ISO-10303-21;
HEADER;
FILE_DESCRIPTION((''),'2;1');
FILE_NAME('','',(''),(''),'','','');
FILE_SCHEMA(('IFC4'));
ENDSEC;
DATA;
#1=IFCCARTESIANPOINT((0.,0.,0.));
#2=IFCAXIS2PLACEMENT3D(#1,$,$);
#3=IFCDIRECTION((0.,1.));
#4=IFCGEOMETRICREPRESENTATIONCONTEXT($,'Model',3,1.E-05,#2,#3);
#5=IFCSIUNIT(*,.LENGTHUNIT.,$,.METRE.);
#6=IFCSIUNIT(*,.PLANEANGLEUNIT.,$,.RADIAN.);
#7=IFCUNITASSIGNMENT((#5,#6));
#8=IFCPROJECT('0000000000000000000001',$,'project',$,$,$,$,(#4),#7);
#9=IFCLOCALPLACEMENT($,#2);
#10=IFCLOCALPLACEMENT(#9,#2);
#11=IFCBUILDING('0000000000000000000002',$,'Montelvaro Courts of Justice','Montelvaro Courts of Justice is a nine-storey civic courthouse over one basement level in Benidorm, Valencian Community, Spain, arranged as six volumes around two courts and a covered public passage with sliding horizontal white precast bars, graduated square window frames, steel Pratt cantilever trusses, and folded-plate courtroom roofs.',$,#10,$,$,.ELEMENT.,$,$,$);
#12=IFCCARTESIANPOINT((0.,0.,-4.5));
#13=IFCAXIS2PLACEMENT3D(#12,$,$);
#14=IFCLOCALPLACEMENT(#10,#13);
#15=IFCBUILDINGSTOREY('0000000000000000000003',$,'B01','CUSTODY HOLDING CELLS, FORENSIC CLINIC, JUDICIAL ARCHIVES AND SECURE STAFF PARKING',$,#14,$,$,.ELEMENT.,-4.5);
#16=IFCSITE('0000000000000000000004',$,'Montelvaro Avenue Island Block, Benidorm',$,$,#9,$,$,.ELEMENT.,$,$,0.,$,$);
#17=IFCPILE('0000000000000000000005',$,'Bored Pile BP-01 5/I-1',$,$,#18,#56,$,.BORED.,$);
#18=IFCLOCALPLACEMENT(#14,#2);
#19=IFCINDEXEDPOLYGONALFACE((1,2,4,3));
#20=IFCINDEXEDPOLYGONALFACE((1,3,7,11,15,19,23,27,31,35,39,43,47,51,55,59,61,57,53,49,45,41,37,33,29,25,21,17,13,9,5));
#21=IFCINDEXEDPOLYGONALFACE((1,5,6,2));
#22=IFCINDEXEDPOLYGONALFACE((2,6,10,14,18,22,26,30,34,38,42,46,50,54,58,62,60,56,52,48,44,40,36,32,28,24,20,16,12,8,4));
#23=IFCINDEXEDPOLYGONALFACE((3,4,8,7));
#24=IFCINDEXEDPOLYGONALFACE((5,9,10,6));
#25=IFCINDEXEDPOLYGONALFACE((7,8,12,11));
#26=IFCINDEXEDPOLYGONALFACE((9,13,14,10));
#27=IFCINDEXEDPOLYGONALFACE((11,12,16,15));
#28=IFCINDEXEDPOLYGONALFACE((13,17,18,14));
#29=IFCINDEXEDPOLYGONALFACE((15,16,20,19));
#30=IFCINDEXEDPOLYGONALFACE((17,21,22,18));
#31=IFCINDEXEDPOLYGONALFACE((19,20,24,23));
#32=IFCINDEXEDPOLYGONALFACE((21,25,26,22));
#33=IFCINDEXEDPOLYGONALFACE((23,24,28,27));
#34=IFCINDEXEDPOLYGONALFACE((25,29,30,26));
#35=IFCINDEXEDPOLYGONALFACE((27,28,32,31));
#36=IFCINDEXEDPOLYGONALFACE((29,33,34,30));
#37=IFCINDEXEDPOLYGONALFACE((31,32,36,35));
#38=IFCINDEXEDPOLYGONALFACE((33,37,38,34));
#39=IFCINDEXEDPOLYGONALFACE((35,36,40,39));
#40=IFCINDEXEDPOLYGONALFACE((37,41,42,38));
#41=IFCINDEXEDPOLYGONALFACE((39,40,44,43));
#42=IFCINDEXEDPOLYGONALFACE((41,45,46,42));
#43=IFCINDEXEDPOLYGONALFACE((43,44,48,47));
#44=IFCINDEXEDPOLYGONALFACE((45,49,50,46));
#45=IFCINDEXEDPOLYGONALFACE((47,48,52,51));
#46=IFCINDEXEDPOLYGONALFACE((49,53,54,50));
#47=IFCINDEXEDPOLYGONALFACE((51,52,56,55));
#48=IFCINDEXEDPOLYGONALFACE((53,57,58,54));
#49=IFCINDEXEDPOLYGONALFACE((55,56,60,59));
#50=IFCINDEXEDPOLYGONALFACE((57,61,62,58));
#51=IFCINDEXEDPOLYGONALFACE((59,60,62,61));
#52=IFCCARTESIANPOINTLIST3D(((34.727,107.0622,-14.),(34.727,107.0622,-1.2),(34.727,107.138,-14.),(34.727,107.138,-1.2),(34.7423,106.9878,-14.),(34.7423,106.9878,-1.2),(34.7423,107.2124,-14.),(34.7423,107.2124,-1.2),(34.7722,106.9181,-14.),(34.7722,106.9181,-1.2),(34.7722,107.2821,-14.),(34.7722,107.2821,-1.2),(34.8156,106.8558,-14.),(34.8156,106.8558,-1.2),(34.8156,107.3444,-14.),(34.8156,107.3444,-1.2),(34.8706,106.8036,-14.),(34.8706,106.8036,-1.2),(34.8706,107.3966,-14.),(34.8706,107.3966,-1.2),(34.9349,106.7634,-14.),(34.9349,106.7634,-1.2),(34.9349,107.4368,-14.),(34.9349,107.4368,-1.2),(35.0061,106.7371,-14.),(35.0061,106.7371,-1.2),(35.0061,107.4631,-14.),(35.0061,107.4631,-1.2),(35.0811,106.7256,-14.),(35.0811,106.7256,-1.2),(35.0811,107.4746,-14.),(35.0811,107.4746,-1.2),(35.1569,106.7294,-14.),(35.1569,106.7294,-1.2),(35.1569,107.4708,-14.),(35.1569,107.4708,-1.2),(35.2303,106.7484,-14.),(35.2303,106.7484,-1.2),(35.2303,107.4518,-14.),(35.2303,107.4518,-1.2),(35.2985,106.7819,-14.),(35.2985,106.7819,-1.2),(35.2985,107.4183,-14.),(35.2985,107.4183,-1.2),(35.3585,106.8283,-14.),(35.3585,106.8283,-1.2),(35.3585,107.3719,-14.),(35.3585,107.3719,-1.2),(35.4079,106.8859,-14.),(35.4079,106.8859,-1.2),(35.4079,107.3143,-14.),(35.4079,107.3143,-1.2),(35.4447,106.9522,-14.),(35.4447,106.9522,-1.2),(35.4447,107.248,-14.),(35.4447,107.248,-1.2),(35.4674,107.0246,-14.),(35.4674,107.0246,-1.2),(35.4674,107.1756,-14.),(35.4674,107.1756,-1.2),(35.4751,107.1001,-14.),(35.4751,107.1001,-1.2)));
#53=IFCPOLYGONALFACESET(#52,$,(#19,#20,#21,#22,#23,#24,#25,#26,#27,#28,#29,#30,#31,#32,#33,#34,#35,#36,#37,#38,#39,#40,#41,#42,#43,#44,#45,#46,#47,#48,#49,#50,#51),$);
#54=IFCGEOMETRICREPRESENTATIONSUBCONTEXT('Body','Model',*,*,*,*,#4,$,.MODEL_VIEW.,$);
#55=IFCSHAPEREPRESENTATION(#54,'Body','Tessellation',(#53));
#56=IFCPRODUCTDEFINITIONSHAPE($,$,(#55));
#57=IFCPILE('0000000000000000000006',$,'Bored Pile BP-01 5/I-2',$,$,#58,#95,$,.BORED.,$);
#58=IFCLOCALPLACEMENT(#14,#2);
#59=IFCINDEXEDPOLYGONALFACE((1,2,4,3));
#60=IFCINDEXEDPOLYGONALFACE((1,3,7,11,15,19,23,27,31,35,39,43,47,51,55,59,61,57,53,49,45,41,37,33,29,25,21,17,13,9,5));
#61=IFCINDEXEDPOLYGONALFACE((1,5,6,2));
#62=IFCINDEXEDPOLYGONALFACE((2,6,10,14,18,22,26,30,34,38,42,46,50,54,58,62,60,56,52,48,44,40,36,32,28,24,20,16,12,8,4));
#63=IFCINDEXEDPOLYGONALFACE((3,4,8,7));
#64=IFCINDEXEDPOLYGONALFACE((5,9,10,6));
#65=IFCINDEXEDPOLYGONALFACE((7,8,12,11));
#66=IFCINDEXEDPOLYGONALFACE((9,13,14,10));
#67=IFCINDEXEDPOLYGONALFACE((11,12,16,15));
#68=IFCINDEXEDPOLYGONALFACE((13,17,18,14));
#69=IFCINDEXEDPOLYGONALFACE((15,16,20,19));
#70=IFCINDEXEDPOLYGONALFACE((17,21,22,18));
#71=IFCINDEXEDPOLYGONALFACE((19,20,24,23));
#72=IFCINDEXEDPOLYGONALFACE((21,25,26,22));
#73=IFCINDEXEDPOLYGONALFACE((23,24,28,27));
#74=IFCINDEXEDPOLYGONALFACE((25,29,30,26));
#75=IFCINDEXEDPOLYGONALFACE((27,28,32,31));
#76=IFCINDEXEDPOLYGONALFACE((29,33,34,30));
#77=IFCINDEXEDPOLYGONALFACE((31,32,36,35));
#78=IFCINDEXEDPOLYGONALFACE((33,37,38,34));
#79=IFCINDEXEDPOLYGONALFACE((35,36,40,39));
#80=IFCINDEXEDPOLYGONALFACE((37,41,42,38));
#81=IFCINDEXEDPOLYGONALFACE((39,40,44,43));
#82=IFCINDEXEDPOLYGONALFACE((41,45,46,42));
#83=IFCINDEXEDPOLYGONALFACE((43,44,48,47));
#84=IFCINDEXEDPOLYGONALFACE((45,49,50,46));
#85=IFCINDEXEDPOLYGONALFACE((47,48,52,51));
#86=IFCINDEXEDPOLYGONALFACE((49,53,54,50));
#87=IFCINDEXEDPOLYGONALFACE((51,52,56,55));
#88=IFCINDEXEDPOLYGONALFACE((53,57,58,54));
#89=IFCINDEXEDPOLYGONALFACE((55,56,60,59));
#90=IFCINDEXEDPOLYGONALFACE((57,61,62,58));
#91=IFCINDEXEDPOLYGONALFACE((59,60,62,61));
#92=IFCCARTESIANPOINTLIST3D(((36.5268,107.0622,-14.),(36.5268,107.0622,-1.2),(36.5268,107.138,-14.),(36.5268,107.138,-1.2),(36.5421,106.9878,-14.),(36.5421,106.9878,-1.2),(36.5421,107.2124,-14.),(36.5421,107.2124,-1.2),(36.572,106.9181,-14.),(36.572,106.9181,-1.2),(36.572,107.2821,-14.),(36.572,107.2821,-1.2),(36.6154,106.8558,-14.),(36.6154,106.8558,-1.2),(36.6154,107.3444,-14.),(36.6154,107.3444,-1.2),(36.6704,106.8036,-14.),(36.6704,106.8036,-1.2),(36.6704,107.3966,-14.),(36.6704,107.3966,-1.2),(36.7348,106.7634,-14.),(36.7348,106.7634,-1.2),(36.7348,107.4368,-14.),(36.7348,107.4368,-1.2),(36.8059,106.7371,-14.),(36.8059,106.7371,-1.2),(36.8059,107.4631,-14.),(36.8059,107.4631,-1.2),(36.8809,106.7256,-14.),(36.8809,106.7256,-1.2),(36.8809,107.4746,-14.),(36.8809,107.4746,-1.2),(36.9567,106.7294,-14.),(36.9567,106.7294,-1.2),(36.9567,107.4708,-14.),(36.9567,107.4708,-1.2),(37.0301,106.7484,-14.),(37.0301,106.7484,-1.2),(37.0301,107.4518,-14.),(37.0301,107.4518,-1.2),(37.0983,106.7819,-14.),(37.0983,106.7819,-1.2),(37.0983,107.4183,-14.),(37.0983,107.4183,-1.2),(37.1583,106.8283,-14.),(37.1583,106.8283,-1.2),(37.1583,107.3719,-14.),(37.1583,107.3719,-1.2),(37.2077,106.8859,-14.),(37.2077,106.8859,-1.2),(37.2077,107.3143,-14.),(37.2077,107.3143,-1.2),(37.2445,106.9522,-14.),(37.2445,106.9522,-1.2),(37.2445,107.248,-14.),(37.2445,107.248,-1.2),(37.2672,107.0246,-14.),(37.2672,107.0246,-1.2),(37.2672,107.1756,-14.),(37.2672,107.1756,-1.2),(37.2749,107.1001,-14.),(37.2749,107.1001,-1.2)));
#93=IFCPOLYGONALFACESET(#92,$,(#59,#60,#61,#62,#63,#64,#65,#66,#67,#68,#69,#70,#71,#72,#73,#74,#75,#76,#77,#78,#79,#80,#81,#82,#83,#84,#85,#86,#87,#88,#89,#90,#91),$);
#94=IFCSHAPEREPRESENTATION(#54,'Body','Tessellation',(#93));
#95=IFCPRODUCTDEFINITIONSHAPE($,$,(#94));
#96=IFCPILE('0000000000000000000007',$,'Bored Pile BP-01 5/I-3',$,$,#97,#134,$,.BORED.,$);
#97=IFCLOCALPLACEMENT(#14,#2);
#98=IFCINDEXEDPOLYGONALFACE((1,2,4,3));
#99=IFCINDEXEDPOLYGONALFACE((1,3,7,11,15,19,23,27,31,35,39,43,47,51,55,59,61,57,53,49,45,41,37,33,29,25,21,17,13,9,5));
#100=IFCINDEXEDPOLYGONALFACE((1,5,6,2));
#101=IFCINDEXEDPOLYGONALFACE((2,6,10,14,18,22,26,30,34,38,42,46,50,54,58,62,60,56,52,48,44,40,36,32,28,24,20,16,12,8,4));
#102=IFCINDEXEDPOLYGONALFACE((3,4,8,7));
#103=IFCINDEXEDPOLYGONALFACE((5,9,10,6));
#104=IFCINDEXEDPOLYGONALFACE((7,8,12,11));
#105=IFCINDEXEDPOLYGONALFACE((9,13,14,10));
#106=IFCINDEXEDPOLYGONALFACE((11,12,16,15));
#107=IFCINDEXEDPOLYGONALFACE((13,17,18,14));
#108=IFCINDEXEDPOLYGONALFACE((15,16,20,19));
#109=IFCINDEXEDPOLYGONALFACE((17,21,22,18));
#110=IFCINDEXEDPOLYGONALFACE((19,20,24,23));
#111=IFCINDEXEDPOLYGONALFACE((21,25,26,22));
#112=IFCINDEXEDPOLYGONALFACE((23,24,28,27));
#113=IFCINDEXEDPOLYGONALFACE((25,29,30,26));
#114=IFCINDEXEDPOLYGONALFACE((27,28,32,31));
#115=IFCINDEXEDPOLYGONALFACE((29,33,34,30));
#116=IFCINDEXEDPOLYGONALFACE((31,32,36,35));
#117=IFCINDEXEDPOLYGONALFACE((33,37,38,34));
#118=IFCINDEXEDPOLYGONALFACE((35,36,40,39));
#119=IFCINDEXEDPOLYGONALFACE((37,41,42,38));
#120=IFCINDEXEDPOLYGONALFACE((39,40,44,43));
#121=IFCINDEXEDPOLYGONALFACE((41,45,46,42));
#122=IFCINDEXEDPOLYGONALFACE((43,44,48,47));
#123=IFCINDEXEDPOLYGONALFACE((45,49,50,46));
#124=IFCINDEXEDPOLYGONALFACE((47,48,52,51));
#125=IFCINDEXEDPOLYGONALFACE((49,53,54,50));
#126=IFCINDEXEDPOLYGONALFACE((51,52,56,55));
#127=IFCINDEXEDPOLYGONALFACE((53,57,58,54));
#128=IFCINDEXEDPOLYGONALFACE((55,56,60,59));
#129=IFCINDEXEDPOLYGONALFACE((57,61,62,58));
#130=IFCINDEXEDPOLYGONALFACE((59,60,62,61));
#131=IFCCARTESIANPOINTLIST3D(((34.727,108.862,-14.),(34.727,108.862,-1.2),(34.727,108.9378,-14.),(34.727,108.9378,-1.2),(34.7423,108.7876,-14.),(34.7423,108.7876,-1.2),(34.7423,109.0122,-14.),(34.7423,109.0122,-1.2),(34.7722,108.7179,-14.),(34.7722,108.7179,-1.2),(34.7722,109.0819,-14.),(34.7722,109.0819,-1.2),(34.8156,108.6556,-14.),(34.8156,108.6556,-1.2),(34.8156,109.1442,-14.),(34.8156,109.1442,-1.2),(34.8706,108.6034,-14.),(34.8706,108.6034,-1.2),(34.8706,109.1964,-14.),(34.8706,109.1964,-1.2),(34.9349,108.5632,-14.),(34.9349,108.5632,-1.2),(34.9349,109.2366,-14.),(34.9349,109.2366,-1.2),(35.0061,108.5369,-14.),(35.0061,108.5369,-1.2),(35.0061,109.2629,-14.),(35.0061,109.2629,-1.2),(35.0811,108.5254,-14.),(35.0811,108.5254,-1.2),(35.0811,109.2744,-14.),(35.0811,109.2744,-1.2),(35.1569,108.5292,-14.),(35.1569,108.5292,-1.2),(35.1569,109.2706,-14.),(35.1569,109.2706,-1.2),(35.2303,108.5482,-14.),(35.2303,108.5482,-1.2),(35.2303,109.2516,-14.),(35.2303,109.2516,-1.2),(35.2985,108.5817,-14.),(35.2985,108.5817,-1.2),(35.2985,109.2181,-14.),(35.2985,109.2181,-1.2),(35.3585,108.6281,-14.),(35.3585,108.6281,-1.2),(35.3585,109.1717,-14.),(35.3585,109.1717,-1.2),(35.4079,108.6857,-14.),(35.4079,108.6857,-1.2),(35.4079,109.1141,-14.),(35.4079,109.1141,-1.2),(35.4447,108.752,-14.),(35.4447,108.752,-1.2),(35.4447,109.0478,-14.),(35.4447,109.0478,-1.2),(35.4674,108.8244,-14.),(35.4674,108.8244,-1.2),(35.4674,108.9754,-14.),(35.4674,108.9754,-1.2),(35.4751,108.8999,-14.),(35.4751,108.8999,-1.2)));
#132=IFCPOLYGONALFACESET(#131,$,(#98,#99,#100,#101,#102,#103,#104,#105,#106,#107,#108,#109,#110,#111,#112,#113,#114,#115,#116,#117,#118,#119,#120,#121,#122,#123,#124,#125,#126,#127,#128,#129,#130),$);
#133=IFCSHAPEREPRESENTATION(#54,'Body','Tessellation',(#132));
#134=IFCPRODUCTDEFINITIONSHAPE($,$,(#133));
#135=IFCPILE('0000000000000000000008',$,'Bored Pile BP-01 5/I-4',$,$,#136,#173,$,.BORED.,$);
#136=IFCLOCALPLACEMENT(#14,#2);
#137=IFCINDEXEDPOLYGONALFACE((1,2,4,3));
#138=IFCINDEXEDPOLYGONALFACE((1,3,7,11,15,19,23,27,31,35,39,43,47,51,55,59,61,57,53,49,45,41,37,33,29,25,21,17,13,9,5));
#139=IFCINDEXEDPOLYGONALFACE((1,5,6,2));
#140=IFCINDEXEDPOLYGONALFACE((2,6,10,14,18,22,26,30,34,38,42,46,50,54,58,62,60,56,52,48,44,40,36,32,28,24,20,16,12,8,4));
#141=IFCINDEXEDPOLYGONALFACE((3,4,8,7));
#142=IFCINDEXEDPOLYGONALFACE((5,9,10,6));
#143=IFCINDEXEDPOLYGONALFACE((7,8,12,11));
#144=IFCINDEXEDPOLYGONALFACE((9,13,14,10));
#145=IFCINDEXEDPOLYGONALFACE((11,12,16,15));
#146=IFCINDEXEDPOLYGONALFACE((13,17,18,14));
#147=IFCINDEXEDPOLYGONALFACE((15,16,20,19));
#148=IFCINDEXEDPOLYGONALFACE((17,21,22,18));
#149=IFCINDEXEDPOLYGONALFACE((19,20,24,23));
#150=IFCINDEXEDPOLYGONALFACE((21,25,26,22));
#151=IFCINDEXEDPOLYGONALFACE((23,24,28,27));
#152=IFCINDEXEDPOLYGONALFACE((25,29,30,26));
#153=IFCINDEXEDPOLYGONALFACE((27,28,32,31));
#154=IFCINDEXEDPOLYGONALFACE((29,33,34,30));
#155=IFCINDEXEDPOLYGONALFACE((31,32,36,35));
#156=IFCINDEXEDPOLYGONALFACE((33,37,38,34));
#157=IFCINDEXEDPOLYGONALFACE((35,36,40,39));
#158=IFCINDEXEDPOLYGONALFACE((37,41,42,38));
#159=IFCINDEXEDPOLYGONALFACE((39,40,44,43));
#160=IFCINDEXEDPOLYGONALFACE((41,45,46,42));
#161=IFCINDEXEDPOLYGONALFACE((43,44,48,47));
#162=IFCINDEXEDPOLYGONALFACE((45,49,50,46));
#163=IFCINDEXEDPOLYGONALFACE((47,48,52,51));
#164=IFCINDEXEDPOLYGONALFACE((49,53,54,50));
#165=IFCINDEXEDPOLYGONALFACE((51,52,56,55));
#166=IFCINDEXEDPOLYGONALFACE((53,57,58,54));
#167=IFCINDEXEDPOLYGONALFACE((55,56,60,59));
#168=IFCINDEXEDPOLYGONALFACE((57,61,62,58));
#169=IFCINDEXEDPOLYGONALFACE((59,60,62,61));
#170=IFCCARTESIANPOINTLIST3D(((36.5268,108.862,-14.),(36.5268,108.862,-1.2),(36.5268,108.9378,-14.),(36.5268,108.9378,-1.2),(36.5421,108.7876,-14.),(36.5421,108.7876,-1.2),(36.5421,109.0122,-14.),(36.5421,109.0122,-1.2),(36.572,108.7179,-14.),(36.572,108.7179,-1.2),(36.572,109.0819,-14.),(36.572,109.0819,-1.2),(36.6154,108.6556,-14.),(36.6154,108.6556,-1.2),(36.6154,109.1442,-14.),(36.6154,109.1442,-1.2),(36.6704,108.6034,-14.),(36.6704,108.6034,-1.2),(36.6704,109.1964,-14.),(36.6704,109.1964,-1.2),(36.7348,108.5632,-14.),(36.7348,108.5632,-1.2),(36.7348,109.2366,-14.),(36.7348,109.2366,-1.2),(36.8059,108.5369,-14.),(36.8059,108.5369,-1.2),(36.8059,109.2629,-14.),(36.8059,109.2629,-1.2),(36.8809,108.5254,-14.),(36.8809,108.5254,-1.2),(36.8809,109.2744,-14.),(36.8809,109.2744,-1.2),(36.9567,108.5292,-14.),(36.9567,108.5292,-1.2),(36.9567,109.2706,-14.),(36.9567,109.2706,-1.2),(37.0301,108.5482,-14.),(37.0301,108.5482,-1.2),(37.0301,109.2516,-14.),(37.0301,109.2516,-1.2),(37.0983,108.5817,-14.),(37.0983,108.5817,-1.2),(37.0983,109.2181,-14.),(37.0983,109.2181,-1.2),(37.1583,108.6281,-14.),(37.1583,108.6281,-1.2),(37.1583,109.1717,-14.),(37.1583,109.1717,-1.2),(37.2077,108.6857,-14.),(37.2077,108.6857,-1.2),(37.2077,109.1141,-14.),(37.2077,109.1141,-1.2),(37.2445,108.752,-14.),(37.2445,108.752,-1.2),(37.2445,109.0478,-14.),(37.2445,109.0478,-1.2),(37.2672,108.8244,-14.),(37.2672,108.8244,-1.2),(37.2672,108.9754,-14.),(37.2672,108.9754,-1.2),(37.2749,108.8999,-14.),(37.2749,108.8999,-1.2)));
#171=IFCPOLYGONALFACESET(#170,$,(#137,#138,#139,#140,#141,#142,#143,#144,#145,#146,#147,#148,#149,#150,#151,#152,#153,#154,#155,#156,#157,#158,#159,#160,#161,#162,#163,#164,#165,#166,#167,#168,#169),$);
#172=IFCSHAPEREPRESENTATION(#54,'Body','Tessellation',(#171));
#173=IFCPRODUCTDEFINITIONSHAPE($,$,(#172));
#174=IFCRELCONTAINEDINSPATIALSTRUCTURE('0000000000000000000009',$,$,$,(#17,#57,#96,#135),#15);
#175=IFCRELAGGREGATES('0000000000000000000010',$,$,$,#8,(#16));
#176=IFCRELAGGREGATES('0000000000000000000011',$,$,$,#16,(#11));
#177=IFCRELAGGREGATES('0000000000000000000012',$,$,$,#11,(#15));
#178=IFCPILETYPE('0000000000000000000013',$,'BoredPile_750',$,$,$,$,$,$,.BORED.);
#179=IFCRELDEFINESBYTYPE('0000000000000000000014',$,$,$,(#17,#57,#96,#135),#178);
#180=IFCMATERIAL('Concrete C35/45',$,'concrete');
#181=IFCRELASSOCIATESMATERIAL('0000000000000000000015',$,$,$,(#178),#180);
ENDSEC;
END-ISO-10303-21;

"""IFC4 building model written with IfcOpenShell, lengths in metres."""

from ifc_helpers import new_model, si_unit, direction, frame, origin, origin_2d, place, context, subcontext, project, spatial, circle, extrude, material, material_profile, profile_set, type_object, element, save


model = new_model("IFC4")

# Units and contexts
model_context = context("Model", 3, precision=1e-05, world=origin(), true_north=direction((0.0, 1.0)))
body_context = subcontext(model_context, "Body", "Model", "MODEL_VIEW")
ifc_project = project(units=[si_unit("LENGTHUNIT", "METRE"), si_unit("PLANEANGLEUNIT", "RADIAN")], contexts=[model_context])

# Site, building, storey
site_placement = place(None, origin())
site = spatial("IfcSite", under=ifc_project, at=site_placement, Name="Montelvaro Avenue Island Block, Benidorm", CompositionType="ELEMENT", RefElevation=0.0)
building_placement = place(site_placement, origin())
building = spatial("IfcBuilding", under=site, at=building_placement, Name="Montelvaro Courts of Justice", Description="Montelvaro Courts of Justice is a nine-storey civic courthouse over one basement level in Benidorm, Valencian Community, Spain, arranged as six volumes around two courts and a covered public passage with sliding horizontal white precast bars, graduated square window frames, steel Pratt cantilever trusses, and folded-plate courtroom roofs.", CompositionType="ELEMENT")
storey_placement = place(building_placement, frame((0.0, 0.0, -4.5)))
storey = spatial("IfcBuildingStorey", under=building, at=storey_placement, Name="B01", Description="CUSTODY HOLDING CELLS, FORENSIC CLINIC, JUDICIAL ARCHIVES AND SECURE STAFF PARKING", CompositionType="ELEMENT", Elevation=-4.5)

# Piles
ifc_material_1 = material(Name="Concrete C35/45", Category="concrete")
ifc_material_profile_1 = material_profile(ifc_material_1, circle(Radius=0.375, at=origin_2d()), Name="BORED PILE D750")
ifc_profile_set_1 = profile_set([ifc_material_profile_1], Name="Concrete C35/45")
pile_type_1 = type_object("IfcPileType", Name="BoredPile_750", PredefinedType="BORED", material=ifc_profile_set_1)
for number, where, z_axis, x_axis, name in (
    (1, (35.1001, 107.1001, -1.2), (0.0, 0.0, -1.0), (1.0, 0.0, 0.0), "Bored Pile BP-01 5/I-1"),
    (2, (36.8999, 107.1001, -1.2), (0.0, 0.0, -1.0), (1.0, 0.0, 0.0), "Bored Pile BP-01 5/I-2"),
    (3, (35.1001, 108.8999, -1.2), (0.0, 0.0, -1.0), (1.0, 0.0, 0.0), "Bored Pile BP-01 5/I-3"),
    (4, (36.8999, 108.8999, -1.2), (0.0, 0.0, -1.0), (1.0, 0.0, 0.0), "Bored Pile BP-01 5/I-4"),
):
    element("IfcPile", number, at=place(storey_placement, frame(where, z_axis=z_axis, x_axis=x_axis)), inside=storey, type_object=pile_type_1, Name=name, PredefinedType="BORED", context=body_context, shape_type="SweptSolid", body=[
        extrude(circle(Radius=0.375, at=origin_2d()), origin(), (0.0, 0.0, 1.0), 12.8),
    ])

save(model, "model.ifc")
